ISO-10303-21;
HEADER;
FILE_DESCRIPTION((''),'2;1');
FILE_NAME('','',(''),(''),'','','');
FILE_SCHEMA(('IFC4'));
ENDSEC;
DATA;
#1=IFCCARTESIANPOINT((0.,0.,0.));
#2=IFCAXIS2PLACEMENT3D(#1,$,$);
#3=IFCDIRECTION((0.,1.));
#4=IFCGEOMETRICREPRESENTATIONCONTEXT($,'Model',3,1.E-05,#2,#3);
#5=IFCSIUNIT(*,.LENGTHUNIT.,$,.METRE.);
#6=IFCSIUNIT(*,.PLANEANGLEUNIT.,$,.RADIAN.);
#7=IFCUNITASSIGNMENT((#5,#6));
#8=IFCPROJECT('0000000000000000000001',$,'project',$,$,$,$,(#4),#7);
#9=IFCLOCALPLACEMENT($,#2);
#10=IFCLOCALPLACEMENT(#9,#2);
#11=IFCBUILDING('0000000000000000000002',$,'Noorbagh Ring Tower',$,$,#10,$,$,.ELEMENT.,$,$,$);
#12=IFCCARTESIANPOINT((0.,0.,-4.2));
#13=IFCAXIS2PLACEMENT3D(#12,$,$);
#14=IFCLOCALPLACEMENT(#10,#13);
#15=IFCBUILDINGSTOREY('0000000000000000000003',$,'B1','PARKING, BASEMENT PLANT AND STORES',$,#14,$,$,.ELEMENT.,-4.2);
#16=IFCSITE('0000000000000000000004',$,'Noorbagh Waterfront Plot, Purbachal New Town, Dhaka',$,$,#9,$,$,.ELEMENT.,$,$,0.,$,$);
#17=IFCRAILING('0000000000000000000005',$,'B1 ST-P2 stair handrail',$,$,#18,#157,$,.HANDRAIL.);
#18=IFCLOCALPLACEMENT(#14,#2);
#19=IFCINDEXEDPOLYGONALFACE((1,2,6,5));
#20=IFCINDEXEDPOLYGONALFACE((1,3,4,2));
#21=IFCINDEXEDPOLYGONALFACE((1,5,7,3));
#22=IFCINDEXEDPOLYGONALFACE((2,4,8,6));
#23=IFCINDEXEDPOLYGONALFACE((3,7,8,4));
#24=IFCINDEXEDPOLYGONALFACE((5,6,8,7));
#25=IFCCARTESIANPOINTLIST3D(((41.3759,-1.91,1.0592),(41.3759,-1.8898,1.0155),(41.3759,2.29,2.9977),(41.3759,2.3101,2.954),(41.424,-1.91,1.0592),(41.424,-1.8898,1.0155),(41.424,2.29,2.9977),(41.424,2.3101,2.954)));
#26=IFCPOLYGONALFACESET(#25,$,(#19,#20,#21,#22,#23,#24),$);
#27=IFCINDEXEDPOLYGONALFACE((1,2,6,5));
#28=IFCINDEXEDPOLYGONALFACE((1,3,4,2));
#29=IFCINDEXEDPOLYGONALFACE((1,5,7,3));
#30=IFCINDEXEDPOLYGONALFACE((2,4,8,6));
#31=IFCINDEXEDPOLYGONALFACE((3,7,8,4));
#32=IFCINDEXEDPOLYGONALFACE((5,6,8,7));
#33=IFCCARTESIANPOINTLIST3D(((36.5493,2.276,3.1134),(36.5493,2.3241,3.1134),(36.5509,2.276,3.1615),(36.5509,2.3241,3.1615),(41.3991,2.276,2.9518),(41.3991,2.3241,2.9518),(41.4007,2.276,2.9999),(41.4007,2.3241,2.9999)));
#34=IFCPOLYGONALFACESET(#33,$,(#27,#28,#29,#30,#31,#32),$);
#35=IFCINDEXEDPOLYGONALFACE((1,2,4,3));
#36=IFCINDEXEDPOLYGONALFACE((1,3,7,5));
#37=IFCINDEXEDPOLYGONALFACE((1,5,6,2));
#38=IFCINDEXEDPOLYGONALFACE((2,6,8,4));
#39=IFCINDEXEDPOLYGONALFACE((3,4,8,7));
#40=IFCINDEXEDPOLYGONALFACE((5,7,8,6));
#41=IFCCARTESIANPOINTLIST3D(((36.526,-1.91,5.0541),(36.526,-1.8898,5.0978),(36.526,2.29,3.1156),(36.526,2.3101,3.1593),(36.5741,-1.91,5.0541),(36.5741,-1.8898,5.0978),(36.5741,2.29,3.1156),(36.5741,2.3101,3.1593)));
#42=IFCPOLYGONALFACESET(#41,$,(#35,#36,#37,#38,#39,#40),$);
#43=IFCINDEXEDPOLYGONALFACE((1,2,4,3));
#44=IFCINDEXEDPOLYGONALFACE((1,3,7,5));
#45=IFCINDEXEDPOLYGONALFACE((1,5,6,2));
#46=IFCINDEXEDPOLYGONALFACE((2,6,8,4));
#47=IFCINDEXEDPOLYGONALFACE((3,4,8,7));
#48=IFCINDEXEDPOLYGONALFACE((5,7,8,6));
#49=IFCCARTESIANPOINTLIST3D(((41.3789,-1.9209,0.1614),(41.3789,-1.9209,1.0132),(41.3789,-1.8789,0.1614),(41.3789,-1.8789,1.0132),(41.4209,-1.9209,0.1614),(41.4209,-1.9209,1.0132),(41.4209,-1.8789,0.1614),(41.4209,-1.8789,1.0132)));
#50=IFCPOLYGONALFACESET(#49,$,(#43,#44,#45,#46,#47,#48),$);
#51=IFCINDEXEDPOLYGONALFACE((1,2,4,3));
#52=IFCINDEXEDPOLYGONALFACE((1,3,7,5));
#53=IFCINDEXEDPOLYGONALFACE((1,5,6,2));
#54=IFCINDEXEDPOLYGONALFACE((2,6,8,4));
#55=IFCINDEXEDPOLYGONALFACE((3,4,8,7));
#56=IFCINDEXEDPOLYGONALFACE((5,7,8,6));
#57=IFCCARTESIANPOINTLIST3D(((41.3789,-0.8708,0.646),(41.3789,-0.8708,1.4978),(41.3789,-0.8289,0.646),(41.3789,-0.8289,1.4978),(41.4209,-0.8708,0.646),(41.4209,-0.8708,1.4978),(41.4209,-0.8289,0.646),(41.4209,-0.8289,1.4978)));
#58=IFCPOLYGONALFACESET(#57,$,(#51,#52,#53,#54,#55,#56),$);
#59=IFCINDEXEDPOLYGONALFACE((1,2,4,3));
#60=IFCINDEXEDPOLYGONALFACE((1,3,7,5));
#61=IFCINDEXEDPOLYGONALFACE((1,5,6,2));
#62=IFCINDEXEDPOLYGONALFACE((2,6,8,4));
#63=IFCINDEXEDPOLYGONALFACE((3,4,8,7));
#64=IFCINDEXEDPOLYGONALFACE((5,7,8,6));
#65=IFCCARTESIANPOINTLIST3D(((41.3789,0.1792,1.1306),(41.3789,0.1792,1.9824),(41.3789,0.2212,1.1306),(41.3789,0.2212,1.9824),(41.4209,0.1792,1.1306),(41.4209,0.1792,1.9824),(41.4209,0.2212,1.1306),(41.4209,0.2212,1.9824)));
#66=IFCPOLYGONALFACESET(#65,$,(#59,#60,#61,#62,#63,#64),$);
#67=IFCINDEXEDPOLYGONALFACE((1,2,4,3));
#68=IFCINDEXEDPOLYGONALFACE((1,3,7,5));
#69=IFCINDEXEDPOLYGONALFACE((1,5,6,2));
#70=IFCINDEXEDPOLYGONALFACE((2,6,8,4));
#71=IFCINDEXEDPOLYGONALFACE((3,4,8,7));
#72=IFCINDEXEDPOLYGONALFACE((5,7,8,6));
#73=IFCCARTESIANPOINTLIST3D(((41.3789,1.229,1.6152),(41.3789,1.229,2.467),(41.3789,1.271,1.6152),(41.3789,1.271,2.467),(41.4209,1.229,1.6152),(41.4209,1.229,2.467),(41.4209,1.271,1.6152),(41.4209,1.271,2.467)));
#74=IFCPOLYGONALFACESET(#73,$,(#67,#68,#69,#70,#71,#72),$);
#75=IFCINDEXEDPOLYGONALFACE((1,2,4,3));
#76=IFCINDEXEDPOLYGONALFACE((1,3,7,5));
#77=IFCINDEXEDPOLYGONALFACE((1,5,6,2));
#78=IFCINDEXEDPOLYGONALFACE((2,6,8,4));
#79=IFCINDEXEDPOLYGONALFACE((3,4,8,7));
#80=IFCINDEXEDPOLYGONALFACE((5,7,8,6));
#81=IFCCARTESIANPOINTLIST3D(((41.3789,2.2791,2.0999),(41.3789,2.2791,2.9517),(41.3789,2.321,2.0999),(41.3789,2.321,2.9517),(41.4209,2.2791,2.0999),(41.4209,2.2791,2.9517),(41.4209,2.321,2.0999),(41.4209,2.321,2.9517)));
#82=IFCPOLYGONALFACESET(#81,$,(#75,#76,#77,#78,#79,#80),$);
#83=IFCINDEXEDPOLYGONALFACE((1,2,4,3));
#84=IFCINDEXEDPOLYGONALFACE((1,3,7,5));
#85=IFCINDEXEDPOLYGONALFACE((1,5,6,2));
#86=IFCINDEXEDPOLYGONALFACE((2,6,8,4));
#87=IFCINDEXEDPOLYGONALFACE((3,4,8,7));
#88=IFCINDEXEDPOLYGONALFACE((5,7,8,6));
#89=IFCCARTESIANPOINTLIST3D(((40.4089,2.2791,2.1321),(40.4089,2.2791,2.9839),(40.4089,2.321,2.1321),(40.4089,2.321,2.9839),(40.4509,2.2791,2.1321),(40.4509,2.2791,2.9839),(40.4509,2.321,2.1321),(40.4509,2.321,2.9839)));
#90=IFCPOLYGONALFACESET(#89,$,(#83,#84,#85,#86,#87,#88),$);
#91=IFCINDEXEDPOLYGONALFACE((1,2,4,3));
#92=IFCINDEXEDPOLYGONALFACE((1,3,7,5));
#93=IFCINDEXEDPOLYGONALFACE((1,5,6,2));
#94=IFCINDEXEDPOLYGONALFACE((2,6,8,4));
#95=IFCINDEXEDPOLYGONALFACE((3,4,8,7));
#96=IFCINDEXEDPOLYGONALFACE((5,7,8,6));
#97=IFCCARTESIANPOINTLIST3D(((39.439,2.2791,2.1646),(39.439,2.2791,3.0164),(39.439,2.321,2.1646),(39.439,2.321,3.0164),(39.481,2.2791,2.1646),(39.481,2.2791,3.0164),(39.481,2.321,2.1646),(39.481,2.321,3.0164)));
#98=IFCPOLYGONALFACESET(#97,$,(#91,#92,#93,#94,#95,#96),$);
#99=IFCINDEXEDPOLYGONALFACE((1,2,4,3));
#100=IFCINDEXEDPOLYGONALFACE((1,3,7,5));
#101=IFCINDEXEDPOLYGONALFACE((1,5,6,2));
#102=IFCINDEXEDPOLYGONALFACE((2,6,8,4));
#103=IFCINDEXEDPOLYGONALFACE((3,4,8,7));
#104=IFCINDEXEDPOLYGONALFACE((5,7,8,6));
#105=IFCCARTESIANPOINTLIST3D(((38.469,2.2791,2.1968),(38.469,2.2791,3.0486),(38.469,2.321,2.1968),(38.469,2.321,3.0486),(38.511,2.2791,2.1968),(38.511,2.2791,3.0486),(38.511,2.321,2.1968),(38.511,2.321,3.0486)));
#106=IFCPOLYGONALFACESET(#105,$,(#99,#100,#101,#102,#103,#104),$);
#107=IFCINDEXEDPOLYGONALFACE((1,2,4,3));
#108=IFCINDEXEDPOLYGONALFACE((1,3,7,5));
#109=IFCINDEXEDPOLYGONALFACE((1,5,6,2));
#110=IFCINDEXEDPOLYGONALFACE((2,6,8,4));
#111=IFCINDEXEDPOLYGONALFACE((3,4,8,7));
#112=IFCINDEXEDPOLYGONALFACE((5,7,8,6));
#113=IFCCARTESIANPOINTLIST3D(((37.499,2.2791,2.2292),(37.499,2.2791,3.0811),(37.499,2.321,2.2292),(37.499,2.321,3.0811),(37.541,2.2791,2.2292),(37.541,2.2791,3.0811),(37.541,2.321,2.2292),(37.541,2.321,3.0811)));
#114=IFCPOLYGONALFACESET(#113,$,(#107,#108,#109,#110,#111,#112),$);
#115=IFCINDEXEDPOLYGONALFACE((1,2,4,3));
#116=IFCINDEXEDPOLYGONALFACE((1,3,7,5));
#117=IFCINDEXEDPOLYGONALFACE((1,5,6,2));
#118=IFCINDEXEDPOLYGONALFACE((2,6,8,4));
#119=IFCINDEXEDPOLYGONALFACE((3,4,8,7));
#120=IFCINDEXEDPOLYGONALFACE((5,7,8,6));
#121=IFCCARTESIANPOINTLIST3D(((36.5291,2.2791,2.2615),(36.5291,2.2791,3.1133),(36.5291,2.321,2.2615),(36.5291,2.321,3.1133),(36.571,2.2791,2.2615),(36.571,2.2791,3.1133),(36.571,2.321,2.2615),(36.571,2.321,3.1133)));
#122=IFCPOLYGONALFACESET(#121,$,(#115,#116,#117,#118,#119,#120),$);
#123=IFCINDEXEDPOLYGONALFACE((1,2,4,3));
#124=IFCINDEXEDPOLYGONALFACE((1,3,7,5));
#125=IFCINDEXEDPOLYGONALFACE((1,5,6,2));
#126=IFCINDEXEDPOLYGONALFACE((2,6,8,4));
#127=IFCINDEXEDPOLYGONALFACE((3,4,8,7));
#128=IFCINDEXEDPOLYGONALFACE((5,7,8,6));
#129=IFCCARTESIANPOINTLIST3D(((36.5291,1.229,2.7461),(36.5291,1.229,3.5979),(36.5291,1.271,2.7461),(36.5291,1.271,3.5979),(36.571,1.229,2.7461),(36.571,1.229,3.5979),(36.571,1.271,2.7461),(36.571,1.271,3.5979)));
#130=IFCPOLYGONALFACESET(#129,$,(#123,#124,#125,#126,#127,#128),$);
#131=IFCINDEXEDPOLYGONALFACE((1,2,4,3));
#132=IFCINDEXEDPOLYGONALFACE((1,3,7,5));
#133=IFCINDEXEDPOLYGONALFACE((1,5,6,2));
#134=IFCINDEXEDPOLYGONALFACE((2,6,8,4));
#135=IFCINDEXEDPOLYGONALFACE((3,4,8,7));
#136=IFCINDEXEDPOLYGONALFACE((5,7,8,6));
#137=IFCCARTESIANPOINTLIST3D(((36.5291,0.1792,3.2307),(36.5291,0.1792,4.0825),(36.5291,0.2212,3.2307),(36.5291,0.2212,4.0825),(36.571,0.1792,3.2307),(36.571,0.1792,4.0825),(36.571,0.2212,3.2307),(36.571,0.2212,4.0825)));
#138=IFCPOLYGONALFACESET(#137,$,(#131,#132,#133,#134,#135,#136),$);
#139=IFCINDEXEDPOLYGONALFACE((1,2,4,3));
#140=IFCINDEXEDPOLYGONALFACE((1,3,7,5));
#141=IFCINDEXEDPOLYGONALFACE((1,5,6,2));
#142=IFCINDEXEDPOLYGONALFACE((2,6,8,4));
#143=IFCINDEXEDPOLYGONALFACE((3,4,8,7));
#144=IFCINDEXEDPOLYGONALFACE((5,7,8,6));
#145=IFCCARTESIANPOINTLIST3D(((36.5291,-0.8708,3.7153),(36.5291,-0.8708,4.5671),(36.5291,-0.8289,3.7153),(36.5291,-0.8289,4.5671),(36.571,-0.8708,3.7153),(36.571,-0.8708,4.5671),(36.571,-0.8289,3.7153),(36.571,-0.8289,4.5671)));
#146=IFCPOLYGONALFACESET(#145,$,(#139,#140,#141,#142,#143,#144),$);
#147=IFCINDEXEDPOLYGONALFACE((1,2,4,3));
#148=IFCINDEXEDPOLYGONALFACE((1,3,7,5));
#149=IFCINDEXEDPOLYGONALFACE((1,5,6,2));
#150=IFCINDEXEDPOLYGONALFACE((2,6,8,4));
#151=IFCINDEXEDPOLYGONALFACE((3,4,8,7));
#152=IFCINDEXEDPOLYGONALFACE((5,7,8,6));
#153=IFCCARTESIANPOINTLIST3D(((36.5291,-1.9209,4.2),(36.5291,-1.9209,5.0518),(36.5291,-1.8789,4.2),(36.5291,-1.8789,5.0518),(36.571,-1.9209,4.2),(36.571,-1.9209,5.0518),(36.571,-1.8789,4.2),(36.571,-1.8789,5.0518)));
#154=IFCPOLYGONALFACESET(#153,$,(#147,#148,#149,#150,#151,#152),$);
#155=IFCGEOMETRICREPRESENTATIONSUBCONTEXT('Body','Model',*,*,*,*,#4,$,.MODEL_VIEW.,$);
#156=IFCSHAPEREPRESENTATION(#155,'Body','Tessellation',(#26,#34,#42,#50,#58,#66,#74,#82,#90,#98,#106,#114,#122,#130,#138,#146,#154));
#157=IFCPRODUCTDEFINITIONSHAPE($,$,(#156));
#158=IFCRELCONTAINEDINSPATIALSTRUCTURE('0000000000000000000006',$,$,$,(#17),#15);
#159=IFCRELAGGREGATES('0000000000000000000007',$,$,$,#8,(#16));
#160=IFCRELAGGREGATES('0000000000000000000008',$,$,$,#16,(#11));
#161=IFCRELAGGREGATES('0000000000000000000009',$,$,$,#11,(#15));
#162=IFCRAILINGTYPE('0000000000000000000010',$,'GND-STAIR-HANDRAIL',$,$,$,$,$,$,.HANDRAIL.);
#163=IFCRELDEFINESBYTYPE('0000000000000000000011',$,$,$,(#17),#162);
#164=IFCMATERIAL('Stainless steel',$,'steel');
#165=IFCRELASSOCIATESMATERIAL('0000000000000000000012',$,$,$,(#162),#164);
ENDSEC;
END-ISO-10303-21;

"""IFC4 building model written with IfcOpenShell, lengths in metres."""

from ifc_helpers import new_model, si_unit, direction, frame, origin, origin_2d, place, context, subcontext, project, spatial, rectangle, extrude, material, type_object, element, save


model = new_model("IFC4")

# Units and contexts
model_context = context("Model", 3, precision=1e-05, world=origin(), true_north=direction((0.0, 1.0)))
body_context = subcontext(model_context, "Body", "Model", "MODEL_VIEW")
ifc_project = project(units=[si_unit("LENGTHUNIT", "METRE"), si_unit("PLANEANGLEUNIT", "RADIAN")], contexts=[model_context])

# Site, building, storey
site_placement = place(None, origin())
site = spatial("IfcSite", under=ifc_project, at=site_placement, Name="Noorbagh Waterfront Plot, Purbachal New Town, Dhaka", CompositionType="ELEMENT", RefElevation=0.0)
building_placement = place(site_placement, origin())
building = spatial("IfcBuilding", under=site, at=building_placement, Name="Noorbagh Ring Tower", CompositionType="ELEMENT")
storey_placement = place(building_placement, frame((0.0, 0.0, -4.2)))
storey = spatial("IfcBuildingStorey", under=building, at=storey_placement, Name="B1", Description="PARKING, BASEMENT PLANT AND STORES", CompositionType="ELEMENT", Elevation=-4.2)

# Railing
ifc_material_1 = material(Name="Stainless steel", Category="steel")
railing_type_1 = type_object("IfcRailingType", Name="GND-STAIR-HANDRAIL", PredefinedType="HANDRAIL", material=ifc_material_1)
railing_1_placement = place(storey_placement, frame((41.3999, -1.8999, 0.1614)))
element("IfcRailing", 1, at=railing_1_placement, inside=storey, type_object=railing_type_1, Name="B1 ST-P2 stair handrail", PredefinedType="HANDRAIL", context=body_context, shape_type="SweptSolid", body=[
    extrude(rectangle(XDim=0.0481, YDim=0.0481, at=origin_2d()), frame((0.0, 0.0, 0.876), z_axis=(0.0, 0.907956, 0.419065), x_axis=(-1.0, 0.0, 0.0)), (0.0, 0.0, 1.0), 4.6257),
    extrude(rectangle(XDim=0.0481, YDim=0.0481, at=origin_2d()), frame((0.0, 4.2, 2.8145), z_axis=(-0.999445, 0.0, 0.033306), x_axis=(0.0, -1.0, 0.0)), (0.0, 0.0, 1.0), 4.8525),
    extrude(rectangle(XDim=0.0481, YDim=0.0481, at=origin_2d()), frame((-4.8499, 4.2, 2.9761), z_axis=(0.0, -0.907956, 0.419065), x_axis=(1.0, 0.0, 0.0)), (0.0, 0.0, 1.0), 4.6257),
    extrude(rectangle(XDim=0.042, YDim=0.042, at=origin_2d()), origin(), (0.0, 0.0, 1.0), 0.8518),
    extrude(rectangle(XDim=0.042, YDim=0.042, at=origin_2d()), frame((0.0, 1.05, 0.4846)), (0.0, 0.0, 1.0), 0.8518),
    extrude(rectangle(XDim=0.042, YDim=0.042, at=origin_2d()), frame((0.0, 2.1001, 0.9692)), (0.0, 0.0, 1.0), 0.8518),
    extrude(rectangle(XDim=0.042, YDim=0.042, at=origin_2d()), frame((0.0, 3.1499, 1.4539)), (0.0, 0.0, 1.0), 0.8518),
    extrude(rectangle(XDim=0.042, YDim=0.042, at=origin_2d()), frame((0.0, 4.2, 1.9385)), (0.0, 0.0, 1.0), 0.8518),
    extrude(rectangle(XDim=0.042, YDim=0.042, at=origin_2d()), frame((-0.97, 4.2, 1.9707)), (0.0, 0.0, 1.0), 0.8518),
    extrude(rectangle(XDim=0.042, YDim=0.042, at=origin_2d()), frame((-1.9399, 4.2, 2.0032)), (0.0, 0.0, 1.0), 0.8518),
    extrude(rectangle(XDim=0.042, YDim=0.042, at=origin_2d()), frame((-2.9099, 4.2, 2.0354)), (0.0, 0.0, 1.0), 0.8518),
    extrude(rectangle(XDim=0.042, YDim=0.042, at=origin_2d()), frame((-3.8799, 4.2, 2.0679)), (0.0, 0.0, 1.0), 0.8518),
    extrude(rectangle(XDim=0.042, YDim=0.042, at=origin_2d()), frame((-4.8499, 4.2, 2.1001)), (0.0, 0.0, 1.0), 0.8518),
    extrude(rectangle(XDim=0.042, YDim=0.042, at=origin_2d()), frame((-4.8499, 3.1499, 2.5847)), (0.0, 0.0, 1.0), 0.8518),
    extrude(rectangle(XDim=0.042, YDim=0.042, at=origin_2d()), frame((-4.8499, 2.1001, 3.0693)), (0.0, 0.0, 1.0), 0.8518),
    extrude(rectangle(XDim=0.042, YDim=0.042, at=origin_2d()), frame((-4.8499, 1.05, 3.554)), (0.0, 0.0, 1.0), 0.8518),
    extrude(rectangle(XDim=0.042, YDim=0.042, at=origin_2d()), frame((-4.8499, 0.0, 4.0386)), (0.0, 0.0, 1.0), 0.8518),
])

save(model, "model.ifc")
